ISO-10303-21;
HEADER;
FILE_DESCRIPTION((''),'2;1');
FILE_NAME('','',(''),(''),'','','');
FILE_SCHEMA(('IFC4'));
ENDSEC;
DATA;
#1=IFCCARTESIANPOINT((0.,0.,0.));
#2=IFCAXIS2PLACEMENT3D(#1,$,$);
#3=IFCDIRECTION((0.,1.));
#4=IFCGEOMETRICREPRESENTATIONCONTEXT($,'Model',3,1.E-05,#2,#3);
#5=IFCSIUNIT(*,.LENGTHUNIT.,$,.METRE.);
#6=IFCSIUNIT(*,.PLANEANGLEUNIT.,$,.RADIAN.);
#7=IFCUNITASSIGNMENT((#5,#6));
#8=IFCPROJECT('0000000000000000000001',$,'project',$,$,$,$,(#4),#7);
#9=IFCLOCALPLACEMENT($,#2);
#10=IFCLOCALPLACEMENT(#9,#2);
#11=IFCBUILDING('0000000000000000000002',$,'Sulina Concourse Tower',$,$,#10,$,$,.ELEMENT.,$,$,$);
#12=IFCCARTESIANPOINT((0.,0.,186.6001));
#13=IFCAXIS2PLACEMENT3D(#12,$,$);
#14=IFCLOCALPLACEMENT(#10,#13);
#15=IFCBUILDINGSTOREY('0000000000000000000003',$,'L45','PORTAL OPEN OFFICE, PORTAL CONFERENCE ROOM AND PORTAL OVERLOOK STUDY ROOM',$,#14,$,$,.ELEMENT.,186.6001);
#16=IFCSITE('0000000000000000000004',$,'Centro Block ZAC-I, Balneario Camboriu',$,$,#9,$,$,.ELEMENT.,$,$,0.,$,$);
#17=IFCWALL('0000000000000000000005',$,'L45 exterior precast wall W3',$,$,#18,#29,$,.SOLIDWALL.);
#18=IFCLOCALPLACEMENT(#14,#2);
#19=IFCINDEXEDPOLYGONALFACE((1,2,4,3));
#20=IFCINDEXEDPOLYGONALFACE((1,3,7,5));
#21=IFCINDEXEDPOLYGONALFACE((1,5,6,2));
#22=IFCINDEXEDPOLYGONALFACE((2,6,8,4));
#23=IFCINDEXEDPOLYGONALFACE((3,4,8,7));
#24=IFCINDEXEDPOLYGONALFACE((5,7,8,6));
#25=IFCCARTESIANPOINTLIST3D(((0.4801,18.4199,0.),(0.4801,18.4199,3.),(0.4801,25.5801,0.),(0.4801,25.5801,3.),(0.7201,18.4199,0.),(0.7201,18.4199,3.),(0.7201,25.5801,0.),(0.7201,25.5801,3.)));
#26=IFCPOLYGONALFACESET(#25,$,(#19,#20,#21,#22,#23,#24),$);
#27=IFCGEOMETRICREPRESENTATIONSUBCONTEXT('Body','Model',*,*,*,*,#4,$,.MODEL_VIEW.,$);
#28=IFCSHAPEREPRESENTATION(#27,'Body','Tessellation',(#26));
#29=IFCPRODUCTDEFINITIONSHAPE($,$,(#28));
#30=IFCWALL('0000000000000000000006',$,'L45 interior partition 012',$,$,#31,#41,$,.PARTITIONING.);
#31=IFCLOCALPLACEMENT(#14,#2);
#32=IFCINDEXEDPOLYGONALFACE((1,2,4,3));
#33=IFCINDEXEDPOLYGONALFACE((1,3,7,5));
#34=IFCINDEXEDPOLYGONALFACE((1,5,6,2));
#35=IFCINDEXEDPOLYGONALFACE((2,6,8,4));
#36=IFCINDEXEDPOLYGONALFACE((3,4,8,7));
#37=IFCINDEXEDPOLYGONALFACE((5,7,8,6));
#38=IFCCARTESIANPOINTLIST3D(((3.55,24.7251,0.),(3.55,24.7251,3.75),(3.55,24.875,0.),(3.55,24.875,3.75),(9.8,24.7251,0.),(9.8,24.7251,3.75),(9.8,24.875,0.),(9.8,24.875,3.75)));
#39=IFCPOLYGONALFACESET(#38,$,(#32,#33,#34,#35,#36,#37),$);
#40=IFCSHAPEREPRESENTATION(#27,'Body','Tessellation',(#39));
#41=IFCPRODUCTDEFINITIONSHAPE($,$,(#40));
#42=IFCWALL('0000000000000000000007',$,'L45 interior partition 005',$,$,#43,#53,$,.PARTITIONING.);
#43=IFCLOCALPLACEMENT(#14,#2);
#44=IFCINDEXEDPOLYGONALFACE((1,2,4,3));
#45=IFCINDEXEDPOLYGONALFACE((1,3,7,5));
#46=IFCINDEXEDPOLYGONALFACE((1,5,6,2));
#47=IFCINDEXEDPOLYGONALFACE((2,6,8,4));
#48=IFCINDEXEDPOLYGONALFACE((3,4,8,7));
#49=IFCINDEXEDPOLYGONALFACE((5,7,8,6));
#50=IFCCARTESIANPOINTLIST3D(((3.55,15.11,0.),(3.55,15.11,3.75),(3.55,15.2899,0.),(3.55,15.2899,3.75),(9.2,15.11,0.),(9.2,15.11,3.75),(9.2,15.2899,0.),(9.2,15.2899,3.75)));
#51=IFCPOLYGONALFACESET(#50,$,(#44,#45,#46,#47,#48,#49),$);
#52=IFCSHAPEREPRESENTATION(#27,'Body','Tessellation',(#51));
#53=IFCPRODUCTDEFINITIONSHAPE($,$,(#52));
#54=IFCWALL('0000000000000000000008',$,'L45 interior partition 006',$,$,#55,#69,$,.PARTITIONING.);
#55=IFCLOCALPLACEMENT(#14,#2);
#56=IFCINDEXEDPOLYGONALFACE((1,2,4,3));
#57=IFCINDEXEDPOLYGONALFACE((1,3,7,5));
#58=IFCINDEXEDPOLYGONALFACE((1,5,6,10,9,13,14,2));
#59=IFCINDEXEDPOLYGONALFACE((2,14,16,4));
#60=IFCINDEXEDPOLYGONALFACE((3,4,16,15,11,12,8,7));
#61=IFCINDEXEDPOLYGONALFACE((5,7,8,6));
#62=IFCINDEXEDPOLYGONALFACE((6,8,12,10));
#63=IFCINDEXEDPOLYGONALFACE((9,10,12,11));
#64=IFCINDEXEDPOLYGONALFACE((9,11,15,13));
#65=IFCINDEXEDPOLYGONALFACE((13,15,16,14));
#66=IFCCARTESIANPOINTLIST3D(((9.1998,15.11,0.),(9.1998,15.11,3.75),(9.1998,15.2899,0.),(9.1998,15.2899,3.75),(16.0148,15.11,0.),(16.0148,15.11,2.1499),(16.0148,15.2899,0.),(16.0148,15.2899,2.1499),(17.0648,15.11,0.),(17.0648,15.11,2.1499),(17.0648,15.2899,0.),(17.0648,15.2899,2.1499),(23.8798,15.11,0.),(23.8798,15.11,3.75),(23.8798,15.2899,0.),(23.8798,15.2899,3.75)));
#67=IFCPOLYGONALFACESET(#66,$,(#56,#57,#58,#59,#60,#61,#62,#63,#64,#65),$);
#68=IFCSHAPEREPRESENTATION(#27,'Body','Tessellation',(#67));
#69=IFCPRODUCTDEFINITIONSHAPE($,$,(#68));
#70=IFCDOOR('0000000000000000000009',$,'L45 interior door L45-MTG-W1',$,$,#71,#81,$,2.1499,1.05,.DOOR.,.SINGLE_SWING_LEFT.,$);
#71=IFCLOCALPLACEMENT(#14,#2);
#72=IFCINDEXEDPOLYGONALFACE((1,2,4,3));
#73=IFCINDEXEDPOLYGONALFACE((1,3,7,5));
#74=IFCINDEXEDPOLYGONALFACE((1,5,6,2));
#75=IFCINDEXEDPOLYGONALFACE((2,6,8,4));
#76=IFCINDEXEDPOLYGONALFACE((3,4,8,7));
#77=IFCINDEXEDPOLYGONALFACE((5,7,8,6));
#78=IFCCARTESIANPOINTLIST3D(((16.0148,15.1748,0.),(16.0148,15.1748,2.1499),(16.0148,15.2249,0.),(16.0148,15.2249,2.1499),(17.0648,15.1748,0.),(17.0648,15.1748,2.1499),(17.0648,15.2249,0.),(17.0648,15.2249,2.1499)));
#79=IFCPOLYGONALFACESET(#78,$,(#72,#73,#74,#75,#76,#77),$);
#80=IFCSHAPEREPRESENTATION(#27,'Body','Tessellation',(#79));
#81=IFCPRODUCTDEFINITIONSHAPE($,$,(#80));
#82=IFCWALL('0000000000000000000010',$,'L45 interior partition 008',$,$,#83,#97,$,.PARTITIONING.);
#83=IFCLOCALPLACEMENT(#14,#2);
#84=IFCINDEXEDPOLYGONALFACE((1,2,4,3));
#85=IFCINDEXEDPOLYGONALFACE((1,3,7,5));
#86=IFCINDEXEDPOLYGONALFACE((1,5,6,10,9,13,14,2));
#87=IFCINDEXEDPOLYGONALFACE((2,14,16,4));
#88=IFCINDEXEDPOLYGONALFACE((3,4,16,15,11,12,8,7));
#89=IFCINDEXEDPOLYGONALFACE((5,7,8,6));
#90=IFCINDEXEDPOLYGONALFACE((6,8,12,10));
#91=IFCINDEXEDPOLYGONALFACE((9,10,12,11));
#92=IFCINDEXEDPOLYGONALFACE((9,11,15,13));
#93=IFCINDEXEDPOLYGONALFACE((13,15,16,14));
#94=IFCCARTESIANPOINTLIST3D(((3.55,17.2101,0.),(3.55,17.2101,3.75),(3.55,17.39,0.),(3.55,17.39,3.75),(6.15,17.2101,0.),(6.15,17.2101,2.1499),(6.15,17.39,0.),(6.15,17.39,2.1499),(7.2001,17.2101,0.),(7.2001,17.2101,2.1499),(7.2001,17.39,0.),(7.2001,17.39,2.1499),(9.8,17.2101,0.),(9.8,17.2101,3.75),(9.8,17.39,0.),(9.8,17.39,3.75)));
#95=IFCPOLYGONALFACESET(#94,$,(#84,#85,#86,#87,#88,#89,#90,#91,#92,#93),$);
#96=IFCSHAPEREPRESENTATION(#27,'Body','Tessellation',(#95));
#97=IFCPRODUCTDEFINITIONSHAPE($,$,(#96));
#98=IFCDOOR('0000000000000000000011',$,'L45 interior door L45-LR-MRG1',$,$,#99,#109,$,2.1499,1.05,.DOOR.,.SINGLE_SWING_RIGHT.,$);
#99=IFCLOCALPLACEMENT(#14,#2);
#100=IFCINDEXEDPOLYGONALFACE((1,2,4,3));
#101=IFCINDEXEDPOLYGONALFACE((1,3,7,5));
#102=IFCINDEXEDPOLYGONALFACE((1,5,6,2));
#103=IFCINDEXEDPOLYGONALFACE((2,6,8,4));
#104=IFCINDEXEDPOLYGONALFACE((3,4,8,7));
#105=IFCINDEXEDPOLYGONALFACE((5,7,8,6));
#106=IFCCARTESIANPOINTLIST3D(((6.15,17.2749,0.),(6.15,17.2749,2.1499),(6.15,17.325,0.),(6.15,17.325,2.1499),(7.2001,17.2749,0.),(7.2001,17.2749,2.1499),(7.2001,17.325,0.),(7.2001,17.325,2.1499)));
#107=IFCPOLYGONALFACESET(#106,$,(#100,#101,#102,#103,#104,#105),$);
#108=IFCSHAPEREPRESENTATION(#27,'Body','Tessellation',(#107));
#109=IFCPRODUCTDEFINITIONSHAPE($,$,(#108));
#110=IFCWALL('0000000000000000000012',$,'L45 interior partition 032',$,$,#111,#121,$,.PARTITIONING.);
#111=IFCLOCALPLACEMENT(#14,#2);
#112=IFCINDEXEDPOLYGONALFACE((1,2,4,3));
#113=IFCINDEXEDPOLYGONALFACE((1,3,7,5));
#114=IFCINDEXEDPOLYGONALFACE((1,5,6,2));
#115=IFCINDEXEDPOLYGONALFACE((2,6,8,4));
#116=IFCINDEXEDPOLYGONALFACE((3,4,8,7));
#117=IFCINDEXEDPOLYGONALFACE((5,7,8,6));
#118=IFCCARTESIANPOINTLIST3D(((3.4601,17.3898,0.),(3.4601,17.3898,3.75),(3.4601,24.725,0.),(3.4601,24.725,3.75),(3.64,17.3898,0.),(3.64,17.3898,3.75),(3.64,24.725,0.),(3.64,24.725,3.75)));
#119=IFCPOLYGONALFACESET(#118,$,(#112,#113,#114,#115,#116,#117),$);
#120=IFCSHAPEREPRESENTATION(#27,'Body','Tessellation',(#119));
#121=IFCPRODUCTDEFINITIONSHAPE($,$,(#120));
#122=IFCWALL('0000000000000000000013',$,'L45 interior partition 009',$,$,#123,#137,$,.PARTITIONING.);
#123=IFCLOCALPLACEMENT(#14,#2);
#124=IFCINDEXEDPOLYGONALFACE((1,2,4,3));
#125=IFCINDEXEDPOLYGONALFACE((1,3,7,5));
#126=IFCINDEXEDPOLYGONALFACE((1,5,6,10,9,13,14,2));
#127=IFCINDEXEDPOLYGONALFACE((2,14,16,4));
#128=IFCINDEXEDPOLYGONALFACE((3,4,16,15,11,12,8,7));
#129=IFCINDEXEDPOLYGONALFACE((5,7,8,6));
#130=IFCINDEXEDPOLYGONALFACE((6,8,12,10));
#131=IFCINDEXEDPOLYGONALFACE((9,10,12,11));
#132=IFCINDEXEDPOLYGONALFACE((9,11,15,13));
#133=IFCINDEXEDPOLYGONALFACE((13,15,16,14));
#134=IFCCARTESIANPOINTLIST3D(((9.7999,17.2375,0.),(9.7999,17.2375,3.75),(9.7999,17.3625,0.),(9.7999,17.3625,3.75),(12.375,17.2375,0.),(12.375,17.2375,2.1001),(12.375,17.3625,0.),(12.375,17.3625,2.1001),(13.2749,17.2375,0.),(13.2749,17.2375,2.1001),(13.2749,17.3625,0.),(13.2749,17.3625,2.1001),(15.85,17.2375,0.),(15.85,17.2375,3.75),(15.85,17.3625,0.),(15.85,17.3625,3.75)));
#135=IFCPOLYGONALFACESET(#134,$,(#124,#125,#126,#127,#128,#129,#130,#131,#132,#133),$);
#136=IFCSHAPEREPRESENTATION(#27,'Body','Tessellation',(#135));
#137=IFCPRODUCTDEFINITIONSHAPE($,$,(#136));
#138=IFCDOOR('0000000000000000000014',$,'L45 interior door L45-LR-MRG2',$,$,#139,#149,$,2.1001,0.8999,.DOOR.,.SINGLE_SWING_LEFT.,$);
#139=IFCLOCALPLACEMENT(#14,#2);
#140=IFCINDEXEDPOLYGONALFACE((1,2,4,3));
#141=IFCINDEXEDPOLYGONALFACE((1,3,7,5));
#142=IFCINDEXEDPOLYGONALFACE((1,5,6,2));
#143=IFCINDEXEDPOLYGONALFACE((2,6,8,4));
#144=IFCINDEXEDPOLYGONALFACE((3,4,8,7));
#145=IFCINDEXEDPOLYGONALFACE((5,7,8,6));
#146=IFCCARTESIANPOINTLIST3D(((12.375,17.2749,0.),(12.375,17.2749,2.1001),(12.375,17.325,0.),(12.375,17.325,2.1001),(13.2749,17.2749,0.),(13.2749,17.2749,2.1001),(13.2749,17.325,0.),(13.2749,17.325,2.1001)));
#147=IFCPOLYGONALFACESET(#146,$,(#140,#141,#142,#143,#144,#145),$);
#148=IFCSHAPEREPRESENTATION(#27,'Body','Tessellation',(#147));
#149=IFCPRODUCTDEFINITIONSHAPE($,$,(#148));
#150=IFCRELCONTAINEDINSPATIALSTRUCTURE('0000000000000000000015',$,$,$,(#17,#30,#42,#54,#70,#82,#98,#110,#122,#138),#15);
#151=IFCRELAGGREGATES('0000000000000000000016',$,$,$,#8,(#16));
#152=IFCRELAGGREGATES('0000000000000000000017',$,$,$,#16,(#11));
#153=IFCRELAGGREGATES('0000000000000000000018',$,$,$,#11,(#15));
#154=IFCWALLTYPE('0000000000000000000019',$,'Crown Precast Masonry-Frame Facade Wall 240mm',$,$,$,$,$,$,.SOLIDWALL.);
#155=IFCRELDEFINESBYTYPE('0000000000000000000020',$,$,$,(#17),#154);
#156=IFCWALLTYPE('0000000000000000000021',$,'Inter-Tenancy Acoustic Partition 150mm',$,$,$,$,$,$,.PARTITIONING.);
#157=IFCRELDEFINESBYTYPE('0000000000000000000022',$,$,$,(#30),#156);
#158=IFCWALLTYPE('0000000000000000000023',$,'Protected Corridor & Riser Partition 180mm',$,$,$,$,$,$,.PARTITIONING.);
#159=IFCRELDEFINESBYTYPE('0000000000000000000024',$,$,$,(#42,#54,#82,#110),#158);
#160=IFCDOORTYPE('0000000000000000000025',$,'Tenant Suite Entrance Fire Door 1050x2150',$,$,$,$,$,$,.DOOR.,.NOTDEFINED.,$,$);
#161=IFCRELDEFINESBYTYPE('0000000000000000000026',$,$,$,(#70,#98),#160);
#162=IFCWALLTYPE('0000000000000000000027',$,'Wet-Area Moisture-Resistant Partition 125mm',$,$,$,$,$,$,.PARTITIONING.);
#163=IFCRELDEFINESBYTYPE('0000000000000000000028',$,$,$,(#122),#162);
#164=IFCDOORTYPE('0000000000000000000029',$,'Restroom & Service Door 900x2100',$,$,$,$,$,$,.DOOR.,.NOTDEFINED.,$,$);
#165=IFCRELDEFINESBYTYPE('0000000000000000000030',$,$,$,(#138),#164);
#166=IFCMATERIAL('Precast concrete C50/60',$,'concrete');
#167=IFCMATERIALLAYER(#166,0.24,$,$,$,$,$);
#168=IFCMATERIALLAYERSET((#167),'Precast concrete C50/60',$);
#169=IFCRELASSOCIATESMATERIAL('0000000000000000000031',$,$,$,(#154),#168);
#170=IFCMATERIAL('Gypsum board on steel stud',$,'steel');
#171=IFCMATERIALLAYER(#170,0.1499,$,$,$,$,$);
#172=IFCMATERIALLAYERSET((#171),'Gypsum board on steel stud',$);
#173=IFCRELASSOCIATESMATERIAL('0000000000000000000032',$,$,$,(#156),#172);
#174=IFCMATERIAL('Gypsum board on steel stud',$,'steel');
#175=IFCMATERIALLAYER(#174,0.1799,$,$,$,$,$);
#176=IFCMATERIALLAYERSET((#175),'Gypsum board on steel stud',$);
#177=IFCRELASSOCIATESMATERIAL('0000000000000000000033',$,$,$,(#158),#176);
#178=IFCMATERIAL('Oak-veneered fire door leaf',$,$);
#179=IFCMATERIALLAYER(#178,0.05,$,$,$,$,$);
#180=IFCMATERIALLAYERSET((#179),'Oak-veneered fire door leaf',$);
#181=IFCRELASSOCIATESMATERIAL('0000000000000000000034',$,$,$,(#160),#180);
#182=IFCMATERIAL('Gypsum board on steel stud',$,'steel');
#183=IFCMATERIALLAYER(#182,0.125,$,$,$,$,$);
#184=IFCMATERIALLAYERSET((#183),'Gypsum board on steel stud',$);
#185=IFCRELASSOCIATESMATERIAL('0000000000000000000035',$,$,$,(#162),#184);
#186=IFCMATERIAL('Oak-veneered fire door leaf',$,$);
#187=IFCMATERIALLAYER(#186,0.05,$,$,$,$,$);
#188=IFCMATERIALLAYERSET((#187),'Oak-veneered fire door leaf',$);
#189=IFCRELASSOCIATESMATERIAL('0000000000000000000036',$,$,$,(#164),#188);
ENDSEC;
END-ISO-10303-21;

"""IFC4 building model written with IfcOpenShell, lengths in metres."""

from ifc_helpers import new_model, si_unit, direction, frame, frame_2d, origin, place, context, subcontext, project, spatial, rectangle, extrude, material, layer, layer_set, type_object, element, fill, save


model = new_model("IFC4")

# Units and contexts
model_context = context("Model", 3, precision=1e-05, world=origin(), true_north=direction((0.0, 1.0)))
body_context = subcontext(model_context, "Body", "Model", "MODEL_VIEW")
ifc_project = project(units=[si_unit("LENGTHUNIT", "METRE"), si_unit("PLANEANGLEUNIT", "RADIAN")], contexts=[model_context])

# Site, building, storey
site_placement = place(None, origin())
site = spatial("IfcSite", under=ifc_project, at=site_placement, Name="Centro Block ZAC-I, Balneario Camboriu", CompositionType="ELEMENT", RefElevation=0.0)
building_placement = place(site_placement, origin())
building = spatial("IfcBuilding", under=site, at=building_placement, Name="Sulina Concourse Tower", CompositionType="ELEMENT")
storey_placement = place(building_placement, frame((0.0, 0.0, 186.6001)))
storey = spatial("IfcBuildingStorey", under=building, at=storey_placement, Name="L45", Description="PORTAL OPEN OFFICE, PORTAL CONFERENCE ROOM AND PORTAL OVERLOOK STUDY ROOM", CompositionType="ELEMENT", Elevation=186.6001)

# Shared definitions
ifc_material_1 = material(Name="Precast concrete C50/60", Category="concrete")
ifc_layer_1 = layer(ifc_material_1, 0.24)
ifc_layer_set_1 = layer_set([ifc_layer_1], Name="Precast concrete C50/60")
wall_type_1 = type_object("IfcWallType", Name="Crown Precast Masonry-Frame Facade Wall 240mm", PredefinedType="SOLIDWALL", material=ifc_layer_set_1)

# Walls
wall_1_placement = place(storey_placement, frame((0.6001, 18.4199, 0.0), z_axis=(0.0, 0.0, 1.0), x_axis=(0.0, 1.0, 0.0)))
element("IfcWall", 1, at=wall_1_placement, inside=storey, type_object=wall_type_1, Name="L45 exterior precast wall W3", PredefinedType="SOLIDWALL", context=body_context, shape_type="SweptSolid", body=[
    extrude(rectangle(XDim=7.1602, YDim=0.24, at=frame_2d((3.5801, 0.0))), origin(), (0.0, 0.0, 1.0), 3.0),
])
ifc_material_2 = material(Name="Gypsum board on steel stud", Category="steel")
ifc_layer_2 = layer(ifc_material_2, 0.1499)
ifc_layer_set_2 = layer_set([ifc_layer_2], Name="Gypsum board on steel stud")
wall_type_2 = type_object("IfcWallType", Name="Inter-Tenancy Acoustic Partition 150mm", PredefinedType="PARTITIONING", material=ifc_layer_set_2)
wall_2_placement = place(storey_placement, frame((3.55, 24.8, 0.0), z_axis=(0.0, 0.0, 1.0), x_axis=(1.0, 0.0, 0.0)))
element("IfcWall", 2, at=wall_2_placement, inside=storey, type_object=wall_type_2, Name="L45 interior partition 012", PredefinedType="PARTITIONING", context=body_context, shape_type="SweptSolid", body=[
    extrude(rectangle(XDim=6.25, YDim=0.1499, at=frame_2d((3.125, 0.0))), origin(), (0.0, 0.0, 1.0), 3.75),
])

# Shared definitions
ifc_material_3 = material(Name="Gypsum board on steel stud", Category="steel")
ifc_layer_3 = layer(ifc_material_3, 0.1799)
ifc_layer_set_3 = layer_set([ifc_layer_3], Name="Gypsum board on steel stud")
wall_type_3 = type_object("IfcWallType", Name="Protected Corridor & Riser Partition 180mm", PredefinedType="PARTITIONING", material=ifc_layer_set_3)
ifc_material_4 = material(Name="Oak-veneered fire door leaf")
ifc_layer_4 = layer(ifc_material_4, 0.05)
ifc_layer_set_4 = layer_set([ifc_layer_4], Name="Oak-veneered fire door leaf")
door_type_1 = type_object("IfcDoorType", Name="Tenant Suite Entrance Fire Door 1050x2150", OperationType="NOTDEFINED", PredefinedType="DOOR", material=ifc_layer_set_4)

# Wall
wall_3_placement = place(storey_placement, frame((3.55, 15.2, 0.0), z_axis=(0.0, 0.0, 1.0), x_axis=(1.0, 0.0, 0.0)))
element("IfcWall", 3, at=wall_3_placement, inside=storey, type_object=wall_type_3, Name="L45 interior partition 005", PredefinedType="PARTITIONING", context=body_context, shape_type="SweptSolid", body=[
    extrude(rectangle(XDim=5.6499, YDim=0.1799, at=frame_2d((2.825, 0.0))), origin(), (0.0, 0.0, 1.0), 3.75),
])

# Walls, openings, doors
wall_4_placement = place(storey_placement, frame((9.2, 15.2, 0.0), z_axis=(0.0, 0.0, 1.0), x_axis=(1.0, 0.0, 0.0)))
wall_4 = element("IfcWall", 4, at=wall_4_placement, inside=storey, type_object=wall_type_3, Name="L45 interior partition 006", PredefinedType="PARTITIONING", context=body_context, shape_type="SweptSolid", body=[
    extrude(rectangle(XDim=14.6799, YDim=0.1799, at=frame_2d((7.3398, 0.0))), origin(), (0.0, 0.0, 1.0), 3.75),
])
opening_1_placement = place(wall_4_placement, frame((6.8149, 0.0, 0.0)))
opening_1 = element("IfcOpeningElement", 5, at=opening_1_placement, cuts=wall_4, PredefinedType="OPENING", context=body_context, shape_type="SweptSolid", body=[
    extrude(rectangle(XDim=1.05, YDim=2.1499, at=frame_2d((0.5249, 1.075))), frame((0.0, 0.0999, 0.0), z_axis=(0.0, -1.0, 0.0), x_axis=(1.0, 0.0, 0.0)), (0.0, 0.0, 1.0), 0.2),
])
door_1_placement = place(opening_1_placement, origin())
door_1 = element("IfcDoor", 6, at=door_1_placement, inside=storey, type_object=door_type_1, Name="L45 interior door L45-MTG-W1", OperationType="SINGLE_SWING_LEFT", OverallHeight=2.1499, OverallWidth=1.05, PredefinedType="DOOR", context=body_context, shape_type="SweptSolid", body=[
    extrude(rectangle(XDim=1.05, YDim=2.1499, at=frame_2d((0.5249, 1.075))), frame((0.0, 0.0249, 0.0), z_axis=(0.0, -1.0, 0.0), x_axis=(1.0, 0.0, 0.0)), (0.0, 0.0, 1.0), 0.05),
])
fill(opening_1, door_1)
wall_5_placement = place(storey_placement, frame((3.55, 17.3, 0.0), z_axis=(0.0, 0.0, 1.0), x_axis=(1.0, 0.0, 0.0)))
wall_5 = element("IfcWall", 7, at=wall_5_placement, inside=storey, type_object=wall_type_3, Name="L45 interior partition 008", PredefinedType="PARTITIONING", context=body_context, shape_type="SweptSolid", body=[
    extrude(rectangle(XDim=6.25, YDim=0.1799, at=frame_2d((3.125, 0.0))), origin(), (0.0, 0.0, 1.0), 3.75),
])
opening_2_placement = place(wall_5_placement, frame((2.6001, 0.0, 0.0)))
opening_2 = element("IfcOpeningElement", 8, at=opening_2_placement, cuts=wall_5, PredefinedType="OPENING", context=body_context, shape_type="SweptSolid", body=[
    extrude(rectangle(XDim=1.05, YDim=2.1499, at=frame_2d((0.5249, 1.075))), frame((0.0, 0.0999, 0.0), z_axis=(0.0, -1.0, 0.0), x_axis=(1.0, 0.0, 0.0)), (0.0, 0.0, 1.0), 0.2),
])
door_2_placement = place(opening_2_placement, origin())
door_2 = element("IfcDoor", 9, at=door_2_placement, inside=storey, type_object=door_type_1, Name="L45 interior door L45-LR-MRG1", OperationType="SINGLE_SWING_RIGHT", OverallHeight=2.1499, OverallWidth=1.05, PredefinedType="DOOR", context=body_context, shape_type="SweptSolid", body=[
    extrude(rectangle(XDim=1.05, YDim=2.1499, at=frame_2d((0.5249, 1.075))), frame((0.0, 0.0249, 0.0), z_axis=(0.0, -1.0, 0.0), x_axis=(1.0, 0.0, 0.0)), (0.0, 0.0, 1.0), 0.05),
])
fill(opening_2, door_2)

# Wall
wall_6_placement = place(storey_placement, frame((3.55, 17.3899, 0.0), z_axis=(0.0, 0.0, 1.0), x_axis=(0.0, 1.0, 0.0)))
element("IfcWall", 10, at=wall_6_placement, inside=storey, type_object=wall_type_3, Name="L45 interior partition 032", PredefinedType="PARTITIONING", context=body_context, shape_type="SweptSolid", body=[
    extrude(rectangle(XDim=7.3352, YDim=0.1799, at=frame_2d((3.6675, 0.0))), origin(), (0.0, 0.0, 1.0), 3.75),
])

# Wall, opening, door
ifc_material_5 = material(Name="Gypsum board on steel stud", Category="steel")
ifc_layer_5 = layer(ifc_material_5, 0.125)
ifc_layer_set_5 = layer_set([ifc_layer_5], Name="Gypsum board on steel stud")
wall_type_4 = type_object("IfcWallType", Name="Wet-Area Moisture-Resistant Partition 125mm", PredefinedType="PARTITIONING", material=ifc_layer_set_5)
wall_7_placement = place(storey_placement, frame((9.8, 17.3, 0.0), z_axis=(0.0, 0.0, 1.0), x_axis=(1.0, 0.0, 0.0)))
wall_7 = element("IfcWall", 11, at=wall_7_placement, inside=storey, type_object=wall_type_4, Name="L45 interior partition 009", PredefinedType="PARTITIONING", context=body_context, shape_type="SweptSolid", body=[
    extrude(rectangle(XDim=6.05, YDim=0.125, at=frame_2d((3.0249, 0.0))), origin(), (0.0, 0.0, 1.0), 3.75),
])
opening_3_placement = place(wall_7_placement, frame((2.575, 0.0, 0.0)))
opening_3 = element("IfcOpeningElement", 12, at=opening_3_placement, cuts=wall_7, PredefinedType="OPENING", context=body_context, shape_type="SweptSolid", body=[
    extrude(rectangle(XDim=0.8999, YDim=2.1001, at=frame_2d((0.45, 1.05))), frame((0.0, 0.0725, 0.0), z_axis=(0.0, -1.0, 0.0), x_axis=(1.0, 0.0, 0.0)), (0.0, 0.0, 1.0), 0.145),
])
ifc_material_6 = material(Name="Oak-veneered fire door leaf")
ifc_layer_6 = layer(ifc_material_6, 0.05)
ifc_layer_set_6 = layer_set([ifc_layer_6], Name="Oak-veneered fire door leaf")
door_type_2 = type_object("IfcDoorType", Name="Restroom & Service Door 900x2100", OperationType="NOTDEFINED", PredefinedType="DOOR", material=ifc_layer_set_6)
door_3_placement = place(opening_3_placement, origin())
door_3 = element("IfcDoor", 13, at=door_3_placement, inside=storey, type_object=door_type_2, Name="L45 interior door L45-LR-MRG2", OperationType="SINGLE_SWING_LEFT", OverallHeight=2.1001, OverallWidth=0.8999, PredefinedType="DOOR", context=body_context, shape_type="SweptSolid", body=[
    extrude(rectangle(XDim=0.8999, YDim=2.1001, at=frame_2d((0.45, 1.05))), frame((0.0, 0.0249, 0.0), z_axis=(0.0, -1.0, 0.0), x_axis=(1.0, 0.0, 0.0)), (0.0, 0.0, 1.0), 0.05),
])
fill(opening_3, door_3)

save(model, "model.ifc")
